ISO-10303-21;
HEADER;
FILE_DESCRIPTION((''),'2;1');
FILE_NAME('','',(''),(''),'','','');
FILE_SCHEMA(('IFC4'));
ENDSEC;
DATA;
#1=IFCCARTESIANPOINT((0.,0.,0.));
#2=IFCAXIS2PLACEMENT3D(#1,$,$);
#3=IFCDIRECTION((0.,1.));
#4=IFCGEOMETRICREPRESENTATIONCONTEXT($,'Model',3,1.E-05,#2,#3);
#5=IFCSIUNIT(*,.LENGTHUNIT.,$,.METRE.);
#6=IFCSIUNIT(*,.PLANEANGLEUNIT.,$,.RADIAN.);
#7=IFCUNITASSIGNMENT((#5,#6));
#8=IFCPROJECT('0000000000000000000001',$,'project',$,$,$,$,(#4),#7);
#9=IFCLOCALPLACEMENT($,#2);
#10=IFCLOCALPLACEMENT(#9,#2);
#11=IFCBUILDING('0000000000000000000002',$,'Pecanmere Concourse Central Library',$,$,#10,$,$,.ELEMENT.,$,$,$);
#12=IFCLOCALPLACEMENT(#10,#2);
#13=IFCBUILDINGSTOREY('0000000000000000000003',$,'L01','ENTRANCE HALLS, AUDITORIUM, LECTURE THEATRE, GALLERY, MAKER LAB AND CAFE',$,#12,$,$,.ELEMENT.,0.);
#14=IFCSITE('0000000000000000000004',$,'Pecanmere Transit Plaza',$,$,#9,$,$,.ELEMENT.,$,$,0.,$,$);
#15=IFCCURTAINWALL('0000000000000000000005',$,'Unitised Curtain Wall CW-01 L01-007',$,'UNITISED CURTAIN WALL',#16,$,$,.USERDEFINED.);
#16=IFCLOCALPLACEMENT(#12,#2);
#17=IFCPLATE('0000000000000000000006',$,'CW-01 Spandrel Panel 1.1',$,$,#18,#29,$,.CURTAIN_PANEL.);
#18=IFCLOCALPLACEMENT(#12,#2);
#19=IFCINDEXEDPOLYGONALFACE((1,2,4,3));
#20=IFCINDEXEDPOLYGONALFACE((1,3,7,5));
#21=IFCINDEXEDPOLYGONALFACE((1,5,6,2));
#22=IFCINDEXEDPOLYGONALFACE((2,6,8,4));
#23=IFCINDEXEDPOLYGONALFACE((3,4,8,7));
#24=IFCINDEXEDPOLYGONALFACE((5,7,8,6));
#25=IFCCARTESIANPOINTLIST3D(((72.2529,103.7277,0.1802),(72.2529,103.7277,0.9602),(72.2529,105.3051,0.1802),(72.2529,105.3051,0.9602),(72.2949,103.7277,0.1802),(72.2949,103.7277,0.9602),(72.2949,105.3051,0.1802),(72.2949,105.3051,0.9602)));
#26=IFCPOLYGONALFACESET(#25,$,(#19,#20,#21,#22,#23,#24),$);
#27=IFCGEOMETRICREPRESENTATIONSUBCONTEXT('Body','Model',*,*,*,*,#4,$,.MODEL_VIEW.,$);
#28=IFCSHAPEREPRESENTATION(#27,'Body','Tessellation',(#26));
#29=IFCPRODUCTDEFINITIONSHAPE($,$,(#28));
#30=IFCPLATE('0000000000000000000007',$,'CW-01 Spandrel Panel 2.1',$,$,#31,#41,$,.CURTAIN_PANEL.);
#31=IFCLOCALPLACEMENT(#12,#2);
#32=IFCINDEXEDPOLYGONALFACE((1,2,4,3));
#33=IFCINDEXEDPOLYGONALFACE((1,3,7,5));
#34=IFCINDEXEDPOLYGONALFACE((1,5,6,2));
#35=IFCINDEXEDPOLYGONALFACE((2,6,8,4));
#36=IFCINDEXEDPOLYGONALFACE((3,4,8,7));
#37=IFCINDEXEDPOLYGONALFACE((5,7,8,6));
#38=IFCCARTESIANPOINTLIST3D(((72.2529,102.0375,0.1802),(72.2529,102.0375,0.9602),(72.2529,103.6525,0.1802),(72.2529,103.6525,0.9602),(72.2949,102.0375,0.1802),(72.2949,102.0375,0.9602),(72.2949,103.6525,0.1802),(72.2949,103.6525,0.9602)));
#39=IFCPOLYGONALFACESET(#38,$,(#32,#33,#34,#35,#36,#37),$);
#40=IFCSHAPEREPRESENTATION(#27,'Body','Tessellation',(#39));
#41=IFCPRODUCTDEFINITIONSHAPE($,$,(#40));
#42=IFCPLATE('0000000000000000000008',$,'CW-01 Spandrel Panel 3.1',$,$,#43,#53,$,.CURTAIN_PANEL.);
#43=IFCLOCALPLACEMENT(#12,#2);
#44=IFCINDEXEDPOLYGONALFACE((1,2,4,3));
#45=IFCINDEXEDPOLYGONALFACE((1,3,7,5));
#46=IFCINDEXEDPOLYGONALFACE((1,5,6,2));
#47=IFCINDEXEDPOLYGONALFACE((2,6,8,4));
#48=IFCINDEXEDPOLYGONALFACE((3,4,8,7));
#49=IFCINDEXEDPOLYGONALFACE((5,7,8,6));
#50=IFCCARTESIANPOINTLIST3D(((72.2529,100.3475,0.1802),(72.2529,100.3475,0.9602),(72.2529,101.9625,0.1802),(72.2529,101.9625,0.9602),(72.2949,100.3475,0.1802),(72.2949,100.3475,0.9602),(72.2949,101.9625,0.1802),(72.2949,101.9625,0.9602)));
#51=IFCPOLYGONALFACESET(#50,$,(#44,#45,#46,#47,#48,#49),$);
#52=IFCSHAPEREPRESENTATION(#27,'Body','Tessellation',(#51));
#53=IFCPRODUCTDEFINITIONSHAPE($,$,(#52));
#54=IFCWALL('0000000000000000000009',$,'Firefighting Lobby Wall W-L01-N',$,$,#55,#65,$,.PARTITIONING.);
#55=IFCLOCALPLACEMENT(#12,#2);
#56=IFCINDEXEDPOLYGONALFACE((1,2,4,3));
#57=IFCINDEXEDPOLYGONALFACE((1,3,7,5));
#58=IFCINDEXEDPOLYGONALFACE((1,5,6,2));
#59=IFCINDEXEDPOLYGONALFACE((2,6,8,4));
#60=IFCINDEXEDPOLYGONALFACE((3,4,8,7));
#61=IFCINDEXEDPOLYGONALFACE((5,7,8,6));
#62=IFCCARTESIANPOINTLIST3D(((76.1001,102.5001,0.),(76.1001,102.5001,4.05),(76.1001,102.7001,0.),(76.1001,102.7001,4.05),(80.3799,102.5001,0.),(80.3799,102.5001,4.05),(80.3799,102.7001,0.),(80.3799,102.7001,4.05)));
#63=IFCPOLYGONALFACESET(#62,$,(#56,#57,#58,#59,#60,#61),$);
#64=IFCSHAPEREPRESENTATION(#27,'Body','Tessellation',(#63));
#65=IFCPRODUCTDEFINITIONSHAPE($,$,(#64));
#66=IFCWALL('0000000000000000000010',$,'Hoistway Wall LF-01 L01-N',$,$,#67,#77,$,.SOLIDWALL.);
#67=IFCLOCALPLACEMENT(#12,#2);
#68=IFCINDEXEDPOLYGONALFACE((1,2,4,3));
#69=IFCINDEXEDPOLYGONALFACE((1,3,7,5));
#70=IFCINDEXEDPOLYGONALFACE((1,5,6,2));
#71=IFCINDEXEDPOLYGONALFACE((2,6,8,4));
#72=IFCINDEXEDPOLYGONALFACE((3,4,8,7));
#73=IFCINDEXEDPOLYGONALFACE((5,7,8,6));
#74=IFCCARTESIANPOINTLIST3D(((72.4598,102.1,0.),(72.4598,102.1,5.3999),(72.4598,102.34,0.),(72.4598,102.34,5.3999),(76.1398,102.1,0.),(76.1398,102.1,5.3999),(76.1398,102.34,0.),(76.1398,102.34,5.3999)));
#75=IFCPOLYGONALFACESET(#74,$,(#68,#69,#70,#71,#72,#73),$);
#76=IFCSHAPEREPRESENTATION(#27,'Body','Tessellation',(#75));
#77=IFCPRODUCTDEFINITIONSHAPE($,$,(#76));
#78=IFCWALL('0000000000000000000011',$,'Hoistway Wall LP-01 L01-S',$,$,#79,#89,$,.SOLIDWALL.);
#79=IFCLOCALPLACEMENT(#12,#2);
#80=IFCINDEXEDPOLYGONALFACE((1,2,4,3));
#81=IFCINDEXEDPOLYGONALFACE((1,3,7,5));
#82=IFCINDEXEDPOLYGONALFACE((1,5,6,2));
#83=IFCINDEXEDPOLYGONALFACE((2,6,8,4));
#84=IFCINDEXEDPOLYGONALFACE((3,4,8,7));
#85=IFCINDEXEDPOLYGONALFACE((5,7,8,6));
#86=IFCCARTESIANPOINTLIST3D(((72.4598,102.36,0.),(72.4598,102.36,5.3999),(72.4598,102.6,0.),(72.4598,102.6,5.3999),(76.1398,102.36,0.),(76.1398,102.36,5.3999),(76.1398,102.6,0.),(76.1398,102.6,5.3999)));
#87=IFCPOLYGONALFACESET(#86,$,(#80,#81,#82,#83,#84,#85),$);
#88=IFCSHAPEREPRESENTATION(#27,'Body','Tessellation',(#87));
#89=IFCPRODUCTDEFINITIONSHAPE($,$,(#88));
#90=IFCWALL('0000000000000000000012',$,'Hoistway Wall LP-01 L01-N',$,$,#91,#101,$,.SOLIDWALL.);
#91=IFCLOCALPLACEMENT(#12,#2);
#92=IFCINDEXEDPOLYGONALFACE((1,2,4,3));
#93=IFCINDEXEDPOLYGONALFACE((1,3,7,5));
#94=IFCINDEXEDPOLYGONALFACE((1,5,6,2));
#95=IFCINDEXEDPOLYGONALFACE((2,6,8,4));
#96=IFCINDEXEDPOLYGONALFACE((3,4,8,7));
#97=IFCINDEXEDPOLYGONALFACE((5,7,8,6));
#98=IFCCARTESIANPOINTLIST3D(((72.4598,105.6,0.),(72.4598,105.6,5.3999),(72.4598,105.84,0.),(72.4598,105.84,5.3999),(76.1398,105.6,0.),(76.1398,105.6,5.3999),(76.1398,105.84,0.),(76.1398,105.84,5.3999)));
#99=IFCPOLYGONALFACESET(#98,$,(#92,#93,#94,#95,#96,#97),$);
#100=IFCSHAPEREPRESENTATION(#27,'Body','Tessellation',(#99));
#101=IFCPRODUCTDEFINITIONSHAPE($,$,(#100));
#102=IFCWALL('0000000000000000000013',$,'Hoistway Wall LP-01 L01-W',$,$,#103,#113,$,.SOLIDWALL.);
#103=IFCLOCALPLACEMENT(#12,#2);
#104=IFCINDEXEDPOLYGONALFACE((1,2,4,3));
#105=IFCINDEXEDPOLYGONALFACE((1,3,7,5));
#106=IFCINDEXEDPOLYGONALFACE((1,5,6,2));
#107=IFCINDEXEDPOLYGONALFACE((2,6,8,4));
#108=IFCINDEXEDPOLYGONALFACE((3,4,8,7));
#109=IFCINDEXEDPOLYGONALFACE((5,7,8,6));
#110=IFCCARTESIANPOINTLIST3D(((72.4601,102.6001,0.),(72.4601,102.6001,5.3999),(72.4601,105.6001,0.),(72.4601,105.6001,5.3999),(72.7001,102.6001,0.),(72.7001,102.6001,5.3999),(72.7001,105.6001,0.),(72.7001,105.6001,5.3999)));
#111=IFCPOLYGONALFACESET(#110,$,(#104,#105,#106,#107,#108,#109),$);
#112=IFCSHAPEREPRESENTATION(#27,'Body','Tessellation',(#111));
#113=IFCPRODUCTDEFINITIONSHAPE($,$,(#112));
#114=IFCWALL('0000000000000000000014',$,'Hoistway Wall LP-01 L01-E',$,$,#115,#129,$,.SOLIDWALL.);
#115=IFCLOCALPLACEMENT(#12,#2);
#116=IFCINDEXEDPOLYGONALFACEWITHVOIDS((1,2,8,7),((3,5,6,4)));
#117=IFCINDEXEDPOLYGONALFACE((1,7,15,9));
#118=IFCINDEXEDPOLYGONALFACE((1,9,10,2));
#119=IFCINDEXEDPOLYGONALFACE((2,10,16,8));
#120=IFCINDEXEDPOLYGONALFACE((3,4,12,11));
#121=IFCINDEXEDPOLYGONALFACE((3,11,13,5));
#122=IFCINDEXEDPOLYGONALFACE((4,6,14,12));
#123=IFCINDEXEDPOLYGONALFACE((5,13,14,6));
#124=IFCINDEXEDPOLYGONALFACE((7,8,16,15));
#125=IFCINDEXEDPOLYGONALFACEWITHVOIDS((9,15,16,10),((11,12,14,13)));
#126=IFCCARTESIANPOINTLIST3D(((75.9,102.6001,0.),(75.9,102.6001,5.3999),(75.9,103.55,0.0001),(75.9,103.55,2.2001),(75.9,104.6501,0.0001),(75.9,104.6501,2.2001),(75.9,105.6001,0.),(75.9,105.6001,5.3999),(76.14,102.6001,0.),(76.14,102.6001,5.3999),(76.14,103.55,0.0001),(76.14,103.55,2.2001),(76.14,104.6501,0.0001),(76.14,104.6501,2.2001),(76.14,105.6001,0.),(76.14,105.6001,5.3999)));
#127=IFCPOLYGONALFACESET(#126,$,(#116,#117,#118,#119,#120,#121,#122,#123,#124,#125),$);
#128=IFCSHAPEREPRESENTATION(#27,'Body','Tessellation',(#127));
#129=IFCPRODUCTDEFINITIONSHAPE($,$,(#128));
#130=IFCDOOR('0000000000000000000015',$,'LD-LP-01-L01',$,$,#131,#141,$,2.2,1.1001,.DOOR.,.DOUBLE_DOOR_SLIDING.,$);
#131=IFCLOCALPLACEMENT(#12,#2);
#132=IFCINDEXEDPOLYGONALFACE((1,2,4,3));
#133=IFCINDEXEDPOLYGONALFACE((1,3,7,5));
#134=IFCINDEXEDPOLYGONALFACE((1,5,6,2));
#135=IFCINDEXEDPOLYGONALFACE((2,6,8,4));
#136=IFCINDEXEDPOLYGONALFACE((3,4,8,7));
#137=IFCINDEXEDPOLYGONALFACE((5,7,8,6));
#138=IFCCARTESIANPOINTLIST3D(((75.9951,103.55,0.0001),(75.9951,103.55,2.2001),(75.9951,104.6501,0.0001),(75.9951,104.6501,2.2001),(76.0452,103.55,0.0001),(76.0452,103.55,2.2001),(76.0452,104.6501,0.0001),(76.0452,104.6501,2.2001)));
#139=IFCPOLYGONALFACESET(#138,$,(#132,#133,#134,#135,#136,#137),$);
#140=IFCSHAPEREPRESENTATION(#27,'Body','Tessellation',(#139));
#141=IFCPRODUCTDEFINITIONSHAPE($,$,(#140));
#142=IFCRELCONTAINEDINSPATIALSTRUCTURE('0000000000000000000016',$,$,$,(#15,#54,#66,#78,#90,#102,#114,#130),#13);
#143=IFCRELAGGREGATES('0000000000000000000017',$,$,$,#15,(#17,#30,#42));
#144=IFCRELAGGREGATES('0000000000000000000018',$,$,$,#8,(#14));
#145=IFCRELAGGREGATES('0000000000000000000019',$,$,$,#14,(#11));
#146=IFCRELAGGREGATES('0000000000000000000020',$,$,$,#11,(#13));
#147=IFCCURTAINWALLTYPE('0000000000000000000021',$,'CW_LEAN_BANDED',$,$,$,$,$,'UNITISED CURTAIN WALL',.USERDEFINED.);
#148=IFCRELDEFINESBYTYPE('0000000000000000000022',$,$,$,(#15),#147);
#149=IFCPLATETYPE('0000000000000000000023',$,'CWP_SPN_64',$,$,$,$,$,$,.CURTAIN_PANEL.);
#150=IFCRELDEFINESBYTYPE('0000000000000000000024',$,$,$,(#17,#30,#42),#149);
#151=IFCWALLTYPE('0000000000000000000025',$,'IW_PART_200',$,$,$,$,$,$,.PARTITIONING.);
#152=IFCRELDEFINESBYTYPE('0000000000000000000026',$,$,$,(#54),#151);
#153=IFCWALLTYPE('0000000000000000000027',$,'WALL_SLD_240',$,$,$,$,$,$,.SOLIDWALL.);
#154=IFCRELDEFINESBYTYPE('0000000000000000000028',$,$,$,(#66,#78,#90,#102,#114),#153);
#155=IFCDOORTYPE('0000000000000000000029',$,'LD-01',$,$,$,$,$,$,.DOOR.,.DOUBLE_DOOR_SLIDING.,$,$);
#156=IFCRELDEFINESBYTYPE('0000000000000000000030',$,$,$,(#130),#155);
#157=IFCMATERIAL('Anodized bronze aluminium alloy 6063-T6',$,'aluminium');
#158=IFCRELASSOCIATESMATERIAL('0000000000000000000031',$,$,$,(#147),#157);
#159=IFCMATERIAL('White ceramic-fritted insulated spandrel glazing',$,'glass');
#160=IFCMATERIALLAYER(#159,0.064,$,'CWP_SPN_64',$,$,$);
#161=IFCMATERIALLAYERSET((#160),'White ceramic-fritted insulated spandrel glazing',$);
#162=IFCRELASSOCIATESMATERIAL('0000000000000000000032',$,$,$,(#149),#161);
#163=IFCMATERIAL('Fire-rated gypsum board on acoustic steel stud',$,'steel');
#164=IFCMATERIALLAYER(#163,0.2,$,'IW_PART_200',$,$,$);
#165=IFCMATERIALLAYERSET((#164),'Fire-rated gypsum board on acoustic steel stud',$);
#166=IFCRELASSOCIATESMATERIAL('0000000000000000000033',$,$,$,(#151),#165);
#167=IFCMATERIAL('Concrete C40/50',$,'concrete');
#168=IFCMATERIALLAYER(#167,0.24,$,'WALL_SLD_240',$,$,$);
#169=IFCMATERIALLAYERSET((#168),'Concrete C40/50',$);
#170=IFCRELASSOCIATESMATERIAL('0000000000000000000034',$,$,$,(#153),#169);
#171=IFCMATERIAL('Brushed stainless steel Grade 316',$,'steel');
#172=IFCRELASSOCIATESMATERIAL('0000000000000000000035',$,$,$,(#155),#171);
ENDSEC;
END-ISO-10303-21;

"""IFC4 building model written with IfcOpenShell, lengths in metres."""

from ifc_helpers import new_model, si_unit, direction, frame, frame_2d, origin, origin_2d, place, context, subcontext, project, spatial, rectangle, extrude, material, layer, layer_set, type_object, element, fill, aggregate, save


model = new_model("IFC4")

# Units and contexts
model_context = context("Model", 3, precision=1e-05, world=origin(), true_north=direction((0.0, 1.0)))
body_context = subcontext(model_context, "Body", "Model", "MODEL_VIEW")
ifc_project = project(units=[si_unit("LENGTHUNIT", "METRE"), si_unit("PLANEANGLEUNIT", "RADIAN")], contexts=[model_context])

# Site, building, storey
site_placement = place(None, origin())
site = spatial("IfcSite", under=ifc_project, at=site_placement, Name="Pecanmere Transit Plaza", CompositionType="ELEMENT", RefElevation=0.0)
building_placement = place(site_placement, origin())
building = spatial("IfcBuilding", under=site, at=building_placement, Name="Pecanmere Concourse Central Library", CompositionType="ELEMENT")
storey_placement = place(building_placement, origin())
storey = spatial("IfcBuildingStorey", under=building, at=storey_placement, Name="L01", Description="ENTRANCE HALLS, AUDITORIUM, LECTURE THEATRE, GALLERY, MAKER LAB AND CAFE", CompositionType="ELEMENT", Elevation=0.0)

# Shared definitions
ifc_material_1 = material(Name="Anodized bronze aluminium alloy 6063-T6", Category="aluminium")
curtain_wall_type = type_object("IfcCurtainWallType", Name="CW_LEAN_BANDED", ElementType="UNITISED CURTAIN WALL", PredefinedType="USERDEFINED", material=ifc_material_1)

# Curtain wall
curtain_wall_1_placement = place(storey_placement, origin())
curtain_wall_1 = element("IfcCurtainWall", 1, at=curtain_wall_1_placement, inside=storey, type_object=curtain_wall_type, Name="Unitised Curtain Wall CW-01 L01-007", ObjectType="UNITISED CURTAIN WALL", PredefinedType="USERDEFINED")

# Plates
ifc_material_2 = material(Name="White ceramic-fritted insulated spandrel glazing", Category="glass")
ifc_layer_1 = layer(ifc_material_2, 0.064, Name="CWP_SPN_64")
ifc_layer_set_1 = layer_set([ifc_layer_1], Name="White ceramic-fritted insulated spandrel glazing")
plate_type = type_object("IfcPlateType", Name="CWP_SPN_64", PredefinedType="CURTAIN_PANEL", material=ifc_layer_set_1)
plate_1_placement = place(storey_placement, frame((72.2739, 104.5164, 0.1802), z_axis=(0.0, 0.0, 1.0), x_axis=(0.0, -1.0, 0.0)))
plate_1 = element("IfcPlate", 2, at=plate_1_placement, type_object=plate_type, Name="CW-01 Spandrel Panel 1.1", PredefinedType="CURTAIN_PANEL", context=body_context, shape_type="SweptSolid", body=[
    extrude(rectangle(XDim=1.5774, YDim=0.042, at=origin_2d()), origin(), (0.0, 0.0, 1.0), 0.78),
])
plate_2_placement = place(storey_placement, frame((72.2739, 102.845, 0.1802), z_axis=(0.0, 0.0, 1.0), x_axis=(0.0, -1.0, 0.0)))
plate_2 = element("IfcPlate", 3, at=plate_2_placement, type_object=plate_type, Name="CW-01 Spandrel Panel 2.1", PredefinedType="CURTAIN_PANEL", context=body_context, shape_type="SweptSolid", body=[
    extrude(rectangle(XDim=1.615, YDim=0.042, at=origin_2d()), origin(), (0.0, 0.0, 1.0), 0.78),
])
plate_3_placement = place(storey_placement, frame((72.2739, 101.155, 0.1802), z_axis=(0.0, 0.0, 1.0), x_axis=(0.0, -1.0, 0.0)))
plate_3 = element("IfcPlate", 4, at=plate_3_placement, type_object=plate_type, Name="CW-01 Spandrel Panel 3.1", PredefinedType="CURTAIN_PANEL", context=body_context, shape_type="SweptSolid", body=[
    extrude(rectangle(XDim=1.615, YDim=0.042, at=origin_2d()), origin(), (0.0, 0.0, 1.0), 0.78),
])
aggregate(curtain_wall_1, [plate_1, plate_2, plate_3])

# Walls
ifc_material_3 = material(Name="Fire-rated gypsum board on acoustic steel stud", Category="steel")
ifc_layer_2 = layer(ifc_material_3, 0.2, Name="IW_PART_200")
ifc_layer_set_2 = layer_set([ifc_layer_2], Name="Fire-rated gypsum board on acoustic steel stud")
wall_type_1 = type_object("IfcWallType", Name="IW_PART_200", PredefinedType="PARTITIONING", material=ifc_layer_set_2)
wall_1_placement = place(storey_placement, frame((76.1001, 102.6001, 0.0), z_axis=(0.0, 0.0, 1.0), x_axis=(1.0, 0.0, 0.0)))
element("IfcWall", 5, at=wall_1_placement, inside=storey, type_object=wall_type_1, Name="Firefighting Lobby Wall W-L01-N", PredefinedType="PARTITIONING", context=body_context, shape_type="SweptSolid", body=[
    extrude(rectangle(XDim=4.2798, YDim=0.2, at=frame_2d((2.1399, 0.0))), origin(), (0.0, 0.0, 1.0), 4.05),
])
ifc_material_4 = material(Name="Concrete C40/50", Category="concrete")
ifc_layer_3 = layer(ifc_material_4, 0.24, Name="WALL_SLD_240")
ifc_layer_set_3 = layer_set([ifc_layer_3], Name="Concrete C40/50")
wall_type_2 = type_object("IfcWallType", Name="WALL_SLD_240", PredefinedType="SOLIDWALL", material=ifc_layer_set_3)
for number, where, z_axis, x_axis, name in (
    (6, (72.46, 102.22, 0.0), (0.0, 0.0, 1.0), (1.0, 0.0, 0.0), "Hoistway Wall LF-01 L01-N"),
    (7, (72.46, 102.48, 0.0), (0.0, 0.0, 1.0), (1.0, 0.0, 0.0), "Hoistway Wall LP-01 L01-S"),
    (8, (72.46, 105.72, 0.0), (0.0, 0.0, 1.0), (1.0, 0.0, 0.0), "Hoistway Wall LP-01 L01-N"),
):
    element("IfcWall", number, at=place(storey_placement, frame(where, z_axis=z_axis, x_axis=x_axis)), inside=storey, type_object=wall_type_2, Name=name, PredefinedType="SOLIDWALL", context=body_context, shape_type="SweptSolid", body=[
        extrude(rectangle(XDim=3.6799, YDim=0.24, at=frame_2d((1.8398, 0.0))), origin(), (0.0, 0.0, 1.0), 5.3999),
    ])
wall_2_placement = place(storey_placement, frame((72.5801, 102.6001, 0.0), z_axis=(0.0, 0.0, 1.0), x_axis=(0.0, 1.0, 0.0)))
element("IfcWall", 9, at=wall_2_placement, inside=storey, type_object=wall_type_2, Name="Hoistway Wall LP-01 L01-W", PredefinedType="SOLIDWALL", context=body_context, shape_type="SweptSolid", body=[
    extrude(rectangle(XDim=3.0, YDim=0.24, at=frame_2d((1.5, 0.0))), origin(), (0.0, 0.0, 1.0), 5.3999),
])

# Wall, opening, door
wall_3_placement = place(storey_placement, frame((76.02, 102.6001, 0.0), z_axis=(0.0, 0.0, 1.0), x_axis=(0.0, 1.0, 0.0)))
wall_3 = element("IfcWall", 10, at=wall_3_placement, inside=storey, type_object=wall_type_2, Name="Hoistway Wall LP-01 L01-E", PredefinedType="SOLIDWALL", context=body_context, shape_type="SweptSolid", body=[
    extrude(rectangle(XDim=3.0, YDim=0.24, at=frame_2d((1.5, 0.0))), origin(), (0.0, 0.0, 1.0), 5.3999),
])
opening_placement = place(wall_3_placement, frame((0.95, 0.0, 0.0)))
opening = element("IfcOpeningElement", 11, at=opening_placement, cuts=wall_3, PredefinedType="OPENING", context=body_context, shape_type="SweptSolid", body=[
    extrude(rectangle(XDim=1.1001, YDim=2.2, at=frame_2d((0.55, 1.1001))), frame((0.0, 0.1318, 0.0), z_axis=(0.0, -1.0, 0.0), x_axis=(1.0, 0.0, 0.0)), (0.0, 0.0, 1.0), 0.2639),
])
ifc_material_5 = material(Name="Brushed stainless steel Grade 316", Category="steel")
door_type = type_object("IfcDoorType", Name="LD-01", OperationType="DOUBLE_DOOR_SLIDING", PredefinedType="DOOR", material=ifc_material_5)
door_placement = place(opening_placement, origin())
door = element("IfcDoor", 12, at=door_placement, inside=storey, type_object=door_type, Name="LD-LP-01-L01", OperationType="DOUBLE_DOOR_SLIDING", OverallHeight=2.2, OverallWidth=1.1001, PredefinedType="DOOR", context=body_context, shape_type="SweptSolid", body=[
    extrude(rectangle(XDim=1.1001, YDim=2.2, at=frame_2d((0.55, 1.1001))), frame((0.0, 0.0249, 0.0), z_axis=(0.0, -1.0, 0.0), x_axis=(1.0, 0.0, 0.0)), (0.0, 0.0, 1.0), 0.05),
])
fill(opening, door)

save(model, "model.ifc")
